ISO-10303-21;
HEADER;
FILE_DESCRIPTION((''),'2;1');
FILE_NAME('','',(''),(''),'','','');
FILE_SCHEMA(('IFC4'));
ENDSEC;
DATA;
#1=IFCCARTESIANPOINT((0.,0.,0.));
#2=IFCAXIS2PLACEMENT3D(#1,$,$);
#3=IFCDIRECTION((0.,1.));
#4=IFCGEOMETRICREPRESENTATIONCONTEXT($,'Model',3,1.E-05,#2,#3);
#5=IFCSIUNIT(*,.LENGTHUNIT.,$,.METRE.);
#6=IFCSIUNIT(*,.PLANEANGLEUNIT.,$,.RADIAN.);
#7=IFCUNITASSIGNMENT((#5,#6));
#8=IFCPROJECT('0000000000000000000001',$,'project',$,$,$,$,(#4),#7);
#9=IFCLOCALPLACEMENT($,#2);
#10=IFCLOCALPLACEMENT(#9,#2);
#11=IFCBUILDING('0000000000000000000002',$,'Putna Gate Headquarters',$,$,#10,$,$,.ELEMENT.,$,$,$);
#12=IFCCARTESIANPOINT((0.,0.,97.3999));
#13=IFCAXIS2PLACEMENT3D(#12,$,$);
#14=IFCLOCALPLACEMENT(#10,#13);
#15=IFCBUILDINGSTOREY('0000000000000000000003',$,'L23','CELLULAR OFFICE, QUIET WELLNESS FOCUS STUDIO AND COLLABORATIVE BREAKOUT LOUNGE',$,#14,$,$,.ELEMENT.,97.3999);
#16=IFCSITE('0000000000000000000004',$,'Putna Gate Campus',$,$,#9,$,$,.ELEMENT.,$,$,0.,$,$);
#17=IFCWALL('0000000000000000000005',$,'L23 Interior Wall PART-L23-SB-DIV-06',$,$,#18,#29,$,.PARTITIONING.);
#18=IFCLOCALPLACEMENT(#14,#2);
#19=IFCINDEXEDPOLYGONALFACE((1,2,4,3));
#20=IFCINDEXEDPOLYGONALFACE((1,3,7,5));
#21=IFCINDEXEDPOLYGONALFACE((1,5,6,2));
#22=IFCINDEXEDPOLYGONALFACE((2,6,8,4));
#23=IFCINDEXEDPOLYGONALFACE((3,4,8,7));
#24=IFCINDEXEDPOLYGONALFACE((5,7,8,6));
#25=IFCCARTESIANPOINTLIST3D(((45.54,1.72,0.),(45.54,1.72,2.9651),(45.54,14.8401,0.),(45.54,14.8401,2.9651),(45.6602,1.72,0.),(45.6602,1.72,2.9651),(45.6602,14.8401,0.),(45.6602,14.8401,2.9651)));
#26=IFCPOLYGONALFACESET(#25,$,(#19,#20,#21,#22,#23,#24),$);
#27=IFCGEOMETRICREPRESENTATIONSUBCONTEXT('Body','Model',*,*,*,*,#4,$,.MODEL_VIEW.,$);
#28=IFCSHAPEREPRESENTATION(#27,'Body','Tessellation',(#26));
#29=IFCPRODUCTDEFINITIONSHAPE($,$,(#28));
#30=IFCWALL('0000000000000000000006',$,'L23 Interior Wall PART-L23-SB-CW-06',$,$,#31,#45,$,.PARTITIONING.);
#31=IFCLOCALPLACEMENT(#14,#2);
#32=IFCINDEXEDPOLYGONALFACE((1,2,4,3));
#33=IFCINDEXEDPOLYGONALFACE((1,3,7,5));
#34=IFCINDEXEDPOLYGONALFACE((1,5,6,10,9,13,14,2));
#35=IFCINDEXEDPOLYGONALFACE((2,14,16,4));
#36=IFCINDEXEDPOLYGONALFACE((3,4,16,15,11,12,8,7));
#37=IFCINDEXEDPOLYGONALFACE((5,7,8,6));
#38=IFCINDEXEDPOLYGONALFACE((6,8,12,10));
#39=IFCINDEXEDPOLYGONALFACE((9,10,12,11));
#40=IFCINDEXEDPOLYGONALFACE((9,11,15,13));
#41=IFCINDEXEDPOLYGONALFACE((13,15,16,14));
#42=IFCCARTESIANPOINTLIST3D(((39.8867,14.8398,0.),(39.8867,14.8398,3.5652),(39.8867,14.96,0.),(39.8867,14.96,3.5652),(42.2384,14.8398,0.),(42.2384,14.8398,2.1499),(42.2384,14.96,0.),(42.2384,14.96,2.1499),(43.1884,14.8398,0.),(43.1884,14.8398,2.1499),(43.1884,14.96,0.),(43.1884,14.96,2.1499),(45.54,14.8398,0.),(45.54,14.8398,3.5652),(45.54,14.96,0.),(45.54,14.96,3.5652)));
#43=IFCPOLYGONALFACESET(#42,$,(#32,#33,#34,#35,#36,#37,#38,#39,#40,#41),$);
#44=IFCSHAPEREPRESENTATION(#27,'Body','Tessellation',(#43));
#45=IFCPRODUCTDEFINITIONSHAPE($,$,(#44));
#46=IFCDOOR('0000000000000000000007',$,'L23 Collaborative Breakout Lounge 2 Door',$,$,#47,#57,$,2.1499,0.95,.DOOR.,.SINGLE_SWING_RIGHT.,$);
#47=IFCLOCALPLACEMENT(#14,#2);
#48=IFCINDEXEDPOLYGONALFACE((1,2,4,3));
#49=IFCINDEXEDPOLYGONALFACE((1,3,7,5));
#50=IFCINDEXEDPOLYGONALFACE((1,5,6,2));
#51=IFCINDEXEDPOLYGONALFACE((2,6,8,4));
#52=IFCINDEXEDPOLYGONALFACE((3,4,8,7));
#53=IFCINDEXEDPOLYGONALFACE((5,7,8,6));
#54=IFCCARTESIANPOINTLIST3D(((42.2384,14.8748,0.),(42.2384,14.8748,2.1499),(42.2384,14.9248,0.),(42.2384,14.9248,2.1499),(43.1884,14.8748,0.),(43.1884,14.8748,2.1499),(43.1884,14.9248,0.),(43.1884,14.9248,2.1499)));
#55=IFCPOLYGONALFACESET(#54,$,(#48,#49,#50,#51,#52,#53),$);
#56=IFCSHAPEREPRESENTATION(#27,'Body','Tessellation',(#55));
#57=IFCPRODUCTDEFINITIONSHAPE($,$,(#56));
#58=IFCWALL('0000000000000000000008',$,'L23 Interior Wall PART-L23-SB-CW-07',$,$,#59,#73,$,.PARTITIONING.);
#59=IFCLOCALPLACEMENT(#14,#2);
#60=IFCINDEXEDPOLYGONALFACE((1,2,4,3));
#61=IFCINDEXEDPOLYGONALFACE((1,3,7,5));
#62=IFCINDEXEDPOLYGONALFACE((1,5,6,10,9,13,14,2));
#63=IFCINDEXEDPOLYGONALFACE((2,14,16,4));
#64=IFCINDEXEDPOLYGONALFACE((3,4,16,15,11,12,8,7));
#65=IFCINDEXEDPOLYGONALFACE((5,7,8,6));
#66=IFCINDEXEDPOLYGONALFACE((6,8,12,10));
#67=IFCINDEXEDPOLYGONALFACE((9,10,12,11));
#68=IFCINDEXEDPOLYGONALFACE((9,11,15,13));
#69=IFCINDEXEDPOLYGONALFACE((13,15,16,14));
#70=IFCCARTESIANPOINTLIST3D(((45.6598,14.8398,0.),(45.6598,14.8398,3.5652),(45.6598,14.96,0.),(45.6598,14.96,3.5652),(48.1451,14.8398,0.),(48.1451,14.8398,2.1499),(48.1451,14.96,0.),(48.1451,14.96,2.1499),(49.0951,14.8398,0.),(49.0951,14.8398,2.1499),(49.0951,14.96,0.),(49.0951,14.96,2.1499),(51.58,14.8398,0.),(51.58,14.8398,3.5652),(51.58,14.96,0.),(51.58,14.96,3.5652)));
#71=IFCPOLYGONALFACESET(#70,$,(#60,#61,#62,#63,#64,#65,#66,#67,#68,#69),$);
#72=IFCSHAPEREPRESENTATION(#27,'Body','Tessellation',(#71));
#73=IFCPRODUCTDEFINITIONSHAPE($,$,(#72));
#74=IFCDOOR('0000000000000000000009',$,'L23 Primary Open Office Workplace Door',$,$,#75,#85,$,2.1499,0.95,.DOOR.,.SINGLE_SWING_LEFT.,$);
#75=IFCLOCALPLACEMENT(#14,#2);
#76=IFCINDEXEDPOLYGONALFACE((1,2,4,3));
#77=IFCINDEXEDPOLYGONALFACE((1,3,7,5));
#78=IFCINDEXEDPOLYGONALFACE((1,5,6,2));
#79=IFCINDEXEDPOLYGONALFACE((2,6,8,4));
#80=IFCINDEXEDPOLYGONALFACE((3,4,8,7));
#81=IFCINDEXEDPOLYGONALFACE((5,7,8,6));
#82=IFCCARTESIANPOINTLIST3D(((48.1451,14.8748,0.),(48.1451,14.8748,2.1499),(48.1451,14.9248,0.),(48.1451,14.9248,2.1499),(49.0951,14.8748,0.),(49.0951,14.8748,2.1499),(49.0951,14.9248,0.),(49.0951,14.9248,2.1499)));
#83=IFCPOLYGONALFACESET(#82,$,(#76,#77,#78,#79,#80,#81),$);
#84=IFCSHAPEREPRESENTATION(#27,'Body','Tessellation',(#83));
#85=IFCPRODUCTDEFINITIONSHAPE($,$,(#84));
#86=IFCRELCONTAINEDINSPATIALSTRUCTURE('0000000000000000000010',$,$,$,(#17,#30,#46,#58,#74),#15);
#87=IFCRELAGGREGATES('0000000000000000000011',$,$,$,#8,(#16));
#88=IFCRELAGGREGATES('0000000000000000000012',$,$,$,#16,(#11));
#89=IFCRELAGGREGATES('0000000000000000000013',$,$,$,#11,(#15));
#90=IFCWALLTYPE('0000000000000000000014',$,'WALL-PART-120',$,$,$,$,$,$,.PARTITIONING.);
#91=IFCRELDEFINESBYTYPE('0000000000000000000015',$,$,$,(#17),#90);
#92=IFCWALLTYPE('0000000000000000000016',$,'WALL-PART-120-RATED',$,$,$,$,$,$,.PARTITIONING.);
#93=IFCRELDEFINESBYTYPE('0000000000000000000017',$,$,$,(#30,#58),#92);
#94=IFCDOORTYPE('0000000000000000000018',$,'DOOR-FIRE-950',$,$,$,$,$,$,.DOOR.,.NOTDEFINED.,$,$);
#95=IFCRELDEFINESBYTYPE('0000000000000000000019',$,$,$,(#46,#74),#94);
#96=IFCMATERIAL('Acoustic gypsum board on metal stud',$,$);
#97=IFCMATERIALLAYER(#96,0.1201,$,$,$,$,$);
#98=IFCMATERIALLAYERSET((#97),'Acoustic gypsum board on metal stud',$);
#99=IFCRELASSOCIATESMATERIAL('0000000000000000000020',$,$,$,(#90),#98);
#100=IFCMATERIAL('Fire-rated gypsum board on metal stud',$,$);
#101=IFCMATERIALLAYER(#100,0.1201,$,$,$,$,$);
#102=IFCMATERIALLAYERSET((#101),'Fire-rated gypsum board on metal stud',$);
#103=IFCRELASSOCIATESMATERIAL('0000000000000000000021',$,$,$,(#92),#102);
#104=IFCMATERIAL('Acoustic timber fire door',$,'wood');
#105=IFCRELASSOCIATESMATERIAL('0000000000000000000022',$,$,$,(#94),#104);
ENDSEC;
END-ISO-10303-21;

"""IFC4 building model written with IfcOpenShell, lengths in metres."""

from ifc_helpers import new_model, si_unit, direction, frame, frame_2d, origin, place, context, subcontext, project, spatial, rectangle, extrude, material, layer, layer_set, type_object, element, fill, save


model = new_model("IFC4")

# Units and contexts
model_context = context("Model", 3, precision=1e-05, world=origin(), true_north=direction((0.0, 1.0)))
body_context = subcontext(model_context, "Body", "Model", "MODEL_VIEW")
ifc_project = project(units=[si_unit("LENGTHUNIT", "METRE"), si_unit("PLANEANGLEUNIT", "RADIAN")], contexts=[model_context])

# Site, building, storey
site_placement = place(None, origin())
site = spatial("IfcSite", under=ifc_project, at=site_placement, Name="Putna Gate Campus", CompositionType="ELEMENT", RefElevation=0.0)
building_placement = place(site_placement, origin())
building = spatial("IfcBuilding", under=site, at=building_placement, Name="Putna Gate Headquarters", CompositionType="ELEMENT")
storey_placement = place(building_placement, frame((0.0, 0.0, 97.3999)))
storey = spatial("IfcBuildingStorey", under=building, at=storey_placement, Name="L23", Description="CELLULAR OFFICE, QUIET WELLNESS FOCUS STUDIO AND COLLABORATIVE BREAKOUT LOUNGE", CompositionType="ELEMENT", Elevation=97.3999)

# Wall
ifc_material_1 = material(Name="Acoustic gypsum board on metal stud")
ifc_layer_1 = layer(ifc_material_1, 0.1201)
ifc_layer_set_1 = layer_set([ifc_layer_1], Name="Acoustic gypsum board on metal stud")
wall_type_1 = type_object("IfcWallType", Name="WALL-PART-120", PredefinedType="PARTITIONING", material=ifc_layer_set_1)
wall_1_placement = place(storey_placement, frame((45.6001, 1.72, 0.0), z_axis=(0.0, 0.0, 1.0), x_axis=(0.0, 1.0, 0.0)))
element("IfcWall", 1, at=wall_1_placement, inside=storey, type_object=wall_type_1, Name="L23 Interior Wall PART-L23-SB-DIV-06", PredefinedType="PARTITIONING", context=body_context, shape_type="SweptSolid", body=[
    extrude(rectangle(XDim=13.1201, YDim=0.1201, at=frame_2d((6.5601, 0.0))), origin(), (0.0, 0.0, 1.0), 2.9651),
])

# Walls, openings, doors
ifc_material_2 = material(Name="Fire-rated gypsum board on metal stud")
ifc_layer_2 = layer(ifc_material_2, 0.1201)
ifc_layer_set_2 = layer_set([ifc_layer_2], Name="Fire-rated gypsum board on metal stud")
wall_type_2 = type_object("IfcWallType", Name="WALL-PART-120-RATED", PredefinedType="PARTITIONING", material=ifc_layer_set_2)
wall_2_placement = place(storey_placement, frame((39.8867, 14.8999, 0.0), z_axis=(0.0, 0.0, 1.0), x_axis=(1.0, 0.0, 0.0)))
wall_2 = element("IfcWall", 2, at=wall_2_placement, inside=storey, type_object=wall_type_2, Name="L23 Interior Wall PART-L23-SB-CW-06", PredefinedType="PARTITIONING", context=body_context, shape_type="SweptSolid", body=[
    extrude(rectangle(XDim=5.6533, YDim=0.1201, at=frame_2d((2.8267, 0.0))), origin(), (0.0, 0.0, 1.0), 3.5652),
])
opening_1_placement = place(wall_2_placement, frame((2.3516, 0.0, 0.0)))
opening_1 = element("IfcOpeningElement", 3, at=opening_1_placement, cuts=wall_2, PredefinedType="OPENING", context=body_context, shape_type="SweptSolid", body=[
    extrude(rectangle(XDim=0.95, YDim=2.1499, at=frame_2d((0.4751, 1.075))), frame((0.0, 0.0701, 0.0), z_axis=(0.0, -1.0, 0.0), x_axis=(1.0, 0.0, 0.0)), (0.0, 0.0, 1.0), 0.1401),
])
ifc_material_3 = material(Name="Acoustic timber fire door", Category="wood")
door_type = type_object("IfcDoorType", Name="DOOR-FIRE-950", OperationType="NOTDEFINED", PredefinedType="DOOR", material=ifc_material_3)
door_1_placement = place(opening_1_placement, origin())
door_1 = element("IfcDoor", 4, at=door_1_placement, inside=storey, type_object=door_type, Name="L23 Collaborative Breakout Lounge 2 Door", OperationType="SINGLE_SWING_RIGHT", OverallHeight=2.1499, OverallWidth=0.95, PredefinedType="DOOR", context=body_context, shape_type="SweptSolid", body=[
    extrude(rectangle(XDim=0.95, YDim=2.1499, at=frame_2d((0.4751, 1.075))), frame((0.0, 0.0249, 0.0), z_axis=(0.0, -1.0, 0.0), x_axis=(1.0, 0.0, 0.0)), (0.0, 0.0, 1.0), 0.05),
])
fill(opening_1, door_1)
wall_3_placement = place(storey_placement, frame((45.6599, 14.8999, 0.0), z_axis=(0.0, 0.0, 1.0), x_axis=(1.0, 0.0, 0.0)))
wall_3 = element("IfcWall", 5, at=wall_3_placement, inside=storey, type_object=wall_type_2, Name="L23 Interior Wall PART-L23-SB-CW-07", PredefinedType="PARTITIONING", context=body_context, shape_type="SweptSolid", body=[
    extrude(rectangle(XDim=5.9202, YDim=0.1201, at=frame_2d((2.96, 0.0))), origin(), (0.0, 0.0, 1.0), 3.5652),
])
opening_2_placement = place(wall_3_placement, frame((2.4851, 0.0, 0.0)))
opening_2 = element("IfcOpeningElement", 6, at=opening_2_placement, cuts=wall_3, PredefinedType="OPENING", context=body_context, shape_type="SweptSolid", body=[
    extrude(rectangle(XDim=0.95, YDim=2.1499, at=frame_2d((0.4751, 1.075))), frame((0.0, 0.0701, 0.0), z_axis=(0.0, -1.0, 0.0), x_axis=(1.0, 0.0, 0.0)), (0.0, 0.0, 1.0), 0.1401),
])
door_2_placement = place(opening_2_placement, origin())
door_2 = element("IfcDoor", 7, at=door_2_placement, inside=storey, type_object=door_type, Name="L23 Primary Open Office Workplace Door", OperationType="SINGLE_SWING_LEFT", OverallHeight=2.1499, OverallWidth=0.95, PredefinedType="DOOR", context=body_context, shape_type="SweptSolid", body=[
    extrude(rectangle(XDim=0.95, YDim=2.1499, at=frame_2d((0.4751, 1.075))), frame((0.0, 0.0249, 0.0), z_axis=(0.0, -1.0, 0.0), x_axis=(1.0, 0.0, 0.0)), (0.0, 0.0, 1.0), 0.05),
])
fill(opening_2, door_2)

save(model, "model.ifc")
